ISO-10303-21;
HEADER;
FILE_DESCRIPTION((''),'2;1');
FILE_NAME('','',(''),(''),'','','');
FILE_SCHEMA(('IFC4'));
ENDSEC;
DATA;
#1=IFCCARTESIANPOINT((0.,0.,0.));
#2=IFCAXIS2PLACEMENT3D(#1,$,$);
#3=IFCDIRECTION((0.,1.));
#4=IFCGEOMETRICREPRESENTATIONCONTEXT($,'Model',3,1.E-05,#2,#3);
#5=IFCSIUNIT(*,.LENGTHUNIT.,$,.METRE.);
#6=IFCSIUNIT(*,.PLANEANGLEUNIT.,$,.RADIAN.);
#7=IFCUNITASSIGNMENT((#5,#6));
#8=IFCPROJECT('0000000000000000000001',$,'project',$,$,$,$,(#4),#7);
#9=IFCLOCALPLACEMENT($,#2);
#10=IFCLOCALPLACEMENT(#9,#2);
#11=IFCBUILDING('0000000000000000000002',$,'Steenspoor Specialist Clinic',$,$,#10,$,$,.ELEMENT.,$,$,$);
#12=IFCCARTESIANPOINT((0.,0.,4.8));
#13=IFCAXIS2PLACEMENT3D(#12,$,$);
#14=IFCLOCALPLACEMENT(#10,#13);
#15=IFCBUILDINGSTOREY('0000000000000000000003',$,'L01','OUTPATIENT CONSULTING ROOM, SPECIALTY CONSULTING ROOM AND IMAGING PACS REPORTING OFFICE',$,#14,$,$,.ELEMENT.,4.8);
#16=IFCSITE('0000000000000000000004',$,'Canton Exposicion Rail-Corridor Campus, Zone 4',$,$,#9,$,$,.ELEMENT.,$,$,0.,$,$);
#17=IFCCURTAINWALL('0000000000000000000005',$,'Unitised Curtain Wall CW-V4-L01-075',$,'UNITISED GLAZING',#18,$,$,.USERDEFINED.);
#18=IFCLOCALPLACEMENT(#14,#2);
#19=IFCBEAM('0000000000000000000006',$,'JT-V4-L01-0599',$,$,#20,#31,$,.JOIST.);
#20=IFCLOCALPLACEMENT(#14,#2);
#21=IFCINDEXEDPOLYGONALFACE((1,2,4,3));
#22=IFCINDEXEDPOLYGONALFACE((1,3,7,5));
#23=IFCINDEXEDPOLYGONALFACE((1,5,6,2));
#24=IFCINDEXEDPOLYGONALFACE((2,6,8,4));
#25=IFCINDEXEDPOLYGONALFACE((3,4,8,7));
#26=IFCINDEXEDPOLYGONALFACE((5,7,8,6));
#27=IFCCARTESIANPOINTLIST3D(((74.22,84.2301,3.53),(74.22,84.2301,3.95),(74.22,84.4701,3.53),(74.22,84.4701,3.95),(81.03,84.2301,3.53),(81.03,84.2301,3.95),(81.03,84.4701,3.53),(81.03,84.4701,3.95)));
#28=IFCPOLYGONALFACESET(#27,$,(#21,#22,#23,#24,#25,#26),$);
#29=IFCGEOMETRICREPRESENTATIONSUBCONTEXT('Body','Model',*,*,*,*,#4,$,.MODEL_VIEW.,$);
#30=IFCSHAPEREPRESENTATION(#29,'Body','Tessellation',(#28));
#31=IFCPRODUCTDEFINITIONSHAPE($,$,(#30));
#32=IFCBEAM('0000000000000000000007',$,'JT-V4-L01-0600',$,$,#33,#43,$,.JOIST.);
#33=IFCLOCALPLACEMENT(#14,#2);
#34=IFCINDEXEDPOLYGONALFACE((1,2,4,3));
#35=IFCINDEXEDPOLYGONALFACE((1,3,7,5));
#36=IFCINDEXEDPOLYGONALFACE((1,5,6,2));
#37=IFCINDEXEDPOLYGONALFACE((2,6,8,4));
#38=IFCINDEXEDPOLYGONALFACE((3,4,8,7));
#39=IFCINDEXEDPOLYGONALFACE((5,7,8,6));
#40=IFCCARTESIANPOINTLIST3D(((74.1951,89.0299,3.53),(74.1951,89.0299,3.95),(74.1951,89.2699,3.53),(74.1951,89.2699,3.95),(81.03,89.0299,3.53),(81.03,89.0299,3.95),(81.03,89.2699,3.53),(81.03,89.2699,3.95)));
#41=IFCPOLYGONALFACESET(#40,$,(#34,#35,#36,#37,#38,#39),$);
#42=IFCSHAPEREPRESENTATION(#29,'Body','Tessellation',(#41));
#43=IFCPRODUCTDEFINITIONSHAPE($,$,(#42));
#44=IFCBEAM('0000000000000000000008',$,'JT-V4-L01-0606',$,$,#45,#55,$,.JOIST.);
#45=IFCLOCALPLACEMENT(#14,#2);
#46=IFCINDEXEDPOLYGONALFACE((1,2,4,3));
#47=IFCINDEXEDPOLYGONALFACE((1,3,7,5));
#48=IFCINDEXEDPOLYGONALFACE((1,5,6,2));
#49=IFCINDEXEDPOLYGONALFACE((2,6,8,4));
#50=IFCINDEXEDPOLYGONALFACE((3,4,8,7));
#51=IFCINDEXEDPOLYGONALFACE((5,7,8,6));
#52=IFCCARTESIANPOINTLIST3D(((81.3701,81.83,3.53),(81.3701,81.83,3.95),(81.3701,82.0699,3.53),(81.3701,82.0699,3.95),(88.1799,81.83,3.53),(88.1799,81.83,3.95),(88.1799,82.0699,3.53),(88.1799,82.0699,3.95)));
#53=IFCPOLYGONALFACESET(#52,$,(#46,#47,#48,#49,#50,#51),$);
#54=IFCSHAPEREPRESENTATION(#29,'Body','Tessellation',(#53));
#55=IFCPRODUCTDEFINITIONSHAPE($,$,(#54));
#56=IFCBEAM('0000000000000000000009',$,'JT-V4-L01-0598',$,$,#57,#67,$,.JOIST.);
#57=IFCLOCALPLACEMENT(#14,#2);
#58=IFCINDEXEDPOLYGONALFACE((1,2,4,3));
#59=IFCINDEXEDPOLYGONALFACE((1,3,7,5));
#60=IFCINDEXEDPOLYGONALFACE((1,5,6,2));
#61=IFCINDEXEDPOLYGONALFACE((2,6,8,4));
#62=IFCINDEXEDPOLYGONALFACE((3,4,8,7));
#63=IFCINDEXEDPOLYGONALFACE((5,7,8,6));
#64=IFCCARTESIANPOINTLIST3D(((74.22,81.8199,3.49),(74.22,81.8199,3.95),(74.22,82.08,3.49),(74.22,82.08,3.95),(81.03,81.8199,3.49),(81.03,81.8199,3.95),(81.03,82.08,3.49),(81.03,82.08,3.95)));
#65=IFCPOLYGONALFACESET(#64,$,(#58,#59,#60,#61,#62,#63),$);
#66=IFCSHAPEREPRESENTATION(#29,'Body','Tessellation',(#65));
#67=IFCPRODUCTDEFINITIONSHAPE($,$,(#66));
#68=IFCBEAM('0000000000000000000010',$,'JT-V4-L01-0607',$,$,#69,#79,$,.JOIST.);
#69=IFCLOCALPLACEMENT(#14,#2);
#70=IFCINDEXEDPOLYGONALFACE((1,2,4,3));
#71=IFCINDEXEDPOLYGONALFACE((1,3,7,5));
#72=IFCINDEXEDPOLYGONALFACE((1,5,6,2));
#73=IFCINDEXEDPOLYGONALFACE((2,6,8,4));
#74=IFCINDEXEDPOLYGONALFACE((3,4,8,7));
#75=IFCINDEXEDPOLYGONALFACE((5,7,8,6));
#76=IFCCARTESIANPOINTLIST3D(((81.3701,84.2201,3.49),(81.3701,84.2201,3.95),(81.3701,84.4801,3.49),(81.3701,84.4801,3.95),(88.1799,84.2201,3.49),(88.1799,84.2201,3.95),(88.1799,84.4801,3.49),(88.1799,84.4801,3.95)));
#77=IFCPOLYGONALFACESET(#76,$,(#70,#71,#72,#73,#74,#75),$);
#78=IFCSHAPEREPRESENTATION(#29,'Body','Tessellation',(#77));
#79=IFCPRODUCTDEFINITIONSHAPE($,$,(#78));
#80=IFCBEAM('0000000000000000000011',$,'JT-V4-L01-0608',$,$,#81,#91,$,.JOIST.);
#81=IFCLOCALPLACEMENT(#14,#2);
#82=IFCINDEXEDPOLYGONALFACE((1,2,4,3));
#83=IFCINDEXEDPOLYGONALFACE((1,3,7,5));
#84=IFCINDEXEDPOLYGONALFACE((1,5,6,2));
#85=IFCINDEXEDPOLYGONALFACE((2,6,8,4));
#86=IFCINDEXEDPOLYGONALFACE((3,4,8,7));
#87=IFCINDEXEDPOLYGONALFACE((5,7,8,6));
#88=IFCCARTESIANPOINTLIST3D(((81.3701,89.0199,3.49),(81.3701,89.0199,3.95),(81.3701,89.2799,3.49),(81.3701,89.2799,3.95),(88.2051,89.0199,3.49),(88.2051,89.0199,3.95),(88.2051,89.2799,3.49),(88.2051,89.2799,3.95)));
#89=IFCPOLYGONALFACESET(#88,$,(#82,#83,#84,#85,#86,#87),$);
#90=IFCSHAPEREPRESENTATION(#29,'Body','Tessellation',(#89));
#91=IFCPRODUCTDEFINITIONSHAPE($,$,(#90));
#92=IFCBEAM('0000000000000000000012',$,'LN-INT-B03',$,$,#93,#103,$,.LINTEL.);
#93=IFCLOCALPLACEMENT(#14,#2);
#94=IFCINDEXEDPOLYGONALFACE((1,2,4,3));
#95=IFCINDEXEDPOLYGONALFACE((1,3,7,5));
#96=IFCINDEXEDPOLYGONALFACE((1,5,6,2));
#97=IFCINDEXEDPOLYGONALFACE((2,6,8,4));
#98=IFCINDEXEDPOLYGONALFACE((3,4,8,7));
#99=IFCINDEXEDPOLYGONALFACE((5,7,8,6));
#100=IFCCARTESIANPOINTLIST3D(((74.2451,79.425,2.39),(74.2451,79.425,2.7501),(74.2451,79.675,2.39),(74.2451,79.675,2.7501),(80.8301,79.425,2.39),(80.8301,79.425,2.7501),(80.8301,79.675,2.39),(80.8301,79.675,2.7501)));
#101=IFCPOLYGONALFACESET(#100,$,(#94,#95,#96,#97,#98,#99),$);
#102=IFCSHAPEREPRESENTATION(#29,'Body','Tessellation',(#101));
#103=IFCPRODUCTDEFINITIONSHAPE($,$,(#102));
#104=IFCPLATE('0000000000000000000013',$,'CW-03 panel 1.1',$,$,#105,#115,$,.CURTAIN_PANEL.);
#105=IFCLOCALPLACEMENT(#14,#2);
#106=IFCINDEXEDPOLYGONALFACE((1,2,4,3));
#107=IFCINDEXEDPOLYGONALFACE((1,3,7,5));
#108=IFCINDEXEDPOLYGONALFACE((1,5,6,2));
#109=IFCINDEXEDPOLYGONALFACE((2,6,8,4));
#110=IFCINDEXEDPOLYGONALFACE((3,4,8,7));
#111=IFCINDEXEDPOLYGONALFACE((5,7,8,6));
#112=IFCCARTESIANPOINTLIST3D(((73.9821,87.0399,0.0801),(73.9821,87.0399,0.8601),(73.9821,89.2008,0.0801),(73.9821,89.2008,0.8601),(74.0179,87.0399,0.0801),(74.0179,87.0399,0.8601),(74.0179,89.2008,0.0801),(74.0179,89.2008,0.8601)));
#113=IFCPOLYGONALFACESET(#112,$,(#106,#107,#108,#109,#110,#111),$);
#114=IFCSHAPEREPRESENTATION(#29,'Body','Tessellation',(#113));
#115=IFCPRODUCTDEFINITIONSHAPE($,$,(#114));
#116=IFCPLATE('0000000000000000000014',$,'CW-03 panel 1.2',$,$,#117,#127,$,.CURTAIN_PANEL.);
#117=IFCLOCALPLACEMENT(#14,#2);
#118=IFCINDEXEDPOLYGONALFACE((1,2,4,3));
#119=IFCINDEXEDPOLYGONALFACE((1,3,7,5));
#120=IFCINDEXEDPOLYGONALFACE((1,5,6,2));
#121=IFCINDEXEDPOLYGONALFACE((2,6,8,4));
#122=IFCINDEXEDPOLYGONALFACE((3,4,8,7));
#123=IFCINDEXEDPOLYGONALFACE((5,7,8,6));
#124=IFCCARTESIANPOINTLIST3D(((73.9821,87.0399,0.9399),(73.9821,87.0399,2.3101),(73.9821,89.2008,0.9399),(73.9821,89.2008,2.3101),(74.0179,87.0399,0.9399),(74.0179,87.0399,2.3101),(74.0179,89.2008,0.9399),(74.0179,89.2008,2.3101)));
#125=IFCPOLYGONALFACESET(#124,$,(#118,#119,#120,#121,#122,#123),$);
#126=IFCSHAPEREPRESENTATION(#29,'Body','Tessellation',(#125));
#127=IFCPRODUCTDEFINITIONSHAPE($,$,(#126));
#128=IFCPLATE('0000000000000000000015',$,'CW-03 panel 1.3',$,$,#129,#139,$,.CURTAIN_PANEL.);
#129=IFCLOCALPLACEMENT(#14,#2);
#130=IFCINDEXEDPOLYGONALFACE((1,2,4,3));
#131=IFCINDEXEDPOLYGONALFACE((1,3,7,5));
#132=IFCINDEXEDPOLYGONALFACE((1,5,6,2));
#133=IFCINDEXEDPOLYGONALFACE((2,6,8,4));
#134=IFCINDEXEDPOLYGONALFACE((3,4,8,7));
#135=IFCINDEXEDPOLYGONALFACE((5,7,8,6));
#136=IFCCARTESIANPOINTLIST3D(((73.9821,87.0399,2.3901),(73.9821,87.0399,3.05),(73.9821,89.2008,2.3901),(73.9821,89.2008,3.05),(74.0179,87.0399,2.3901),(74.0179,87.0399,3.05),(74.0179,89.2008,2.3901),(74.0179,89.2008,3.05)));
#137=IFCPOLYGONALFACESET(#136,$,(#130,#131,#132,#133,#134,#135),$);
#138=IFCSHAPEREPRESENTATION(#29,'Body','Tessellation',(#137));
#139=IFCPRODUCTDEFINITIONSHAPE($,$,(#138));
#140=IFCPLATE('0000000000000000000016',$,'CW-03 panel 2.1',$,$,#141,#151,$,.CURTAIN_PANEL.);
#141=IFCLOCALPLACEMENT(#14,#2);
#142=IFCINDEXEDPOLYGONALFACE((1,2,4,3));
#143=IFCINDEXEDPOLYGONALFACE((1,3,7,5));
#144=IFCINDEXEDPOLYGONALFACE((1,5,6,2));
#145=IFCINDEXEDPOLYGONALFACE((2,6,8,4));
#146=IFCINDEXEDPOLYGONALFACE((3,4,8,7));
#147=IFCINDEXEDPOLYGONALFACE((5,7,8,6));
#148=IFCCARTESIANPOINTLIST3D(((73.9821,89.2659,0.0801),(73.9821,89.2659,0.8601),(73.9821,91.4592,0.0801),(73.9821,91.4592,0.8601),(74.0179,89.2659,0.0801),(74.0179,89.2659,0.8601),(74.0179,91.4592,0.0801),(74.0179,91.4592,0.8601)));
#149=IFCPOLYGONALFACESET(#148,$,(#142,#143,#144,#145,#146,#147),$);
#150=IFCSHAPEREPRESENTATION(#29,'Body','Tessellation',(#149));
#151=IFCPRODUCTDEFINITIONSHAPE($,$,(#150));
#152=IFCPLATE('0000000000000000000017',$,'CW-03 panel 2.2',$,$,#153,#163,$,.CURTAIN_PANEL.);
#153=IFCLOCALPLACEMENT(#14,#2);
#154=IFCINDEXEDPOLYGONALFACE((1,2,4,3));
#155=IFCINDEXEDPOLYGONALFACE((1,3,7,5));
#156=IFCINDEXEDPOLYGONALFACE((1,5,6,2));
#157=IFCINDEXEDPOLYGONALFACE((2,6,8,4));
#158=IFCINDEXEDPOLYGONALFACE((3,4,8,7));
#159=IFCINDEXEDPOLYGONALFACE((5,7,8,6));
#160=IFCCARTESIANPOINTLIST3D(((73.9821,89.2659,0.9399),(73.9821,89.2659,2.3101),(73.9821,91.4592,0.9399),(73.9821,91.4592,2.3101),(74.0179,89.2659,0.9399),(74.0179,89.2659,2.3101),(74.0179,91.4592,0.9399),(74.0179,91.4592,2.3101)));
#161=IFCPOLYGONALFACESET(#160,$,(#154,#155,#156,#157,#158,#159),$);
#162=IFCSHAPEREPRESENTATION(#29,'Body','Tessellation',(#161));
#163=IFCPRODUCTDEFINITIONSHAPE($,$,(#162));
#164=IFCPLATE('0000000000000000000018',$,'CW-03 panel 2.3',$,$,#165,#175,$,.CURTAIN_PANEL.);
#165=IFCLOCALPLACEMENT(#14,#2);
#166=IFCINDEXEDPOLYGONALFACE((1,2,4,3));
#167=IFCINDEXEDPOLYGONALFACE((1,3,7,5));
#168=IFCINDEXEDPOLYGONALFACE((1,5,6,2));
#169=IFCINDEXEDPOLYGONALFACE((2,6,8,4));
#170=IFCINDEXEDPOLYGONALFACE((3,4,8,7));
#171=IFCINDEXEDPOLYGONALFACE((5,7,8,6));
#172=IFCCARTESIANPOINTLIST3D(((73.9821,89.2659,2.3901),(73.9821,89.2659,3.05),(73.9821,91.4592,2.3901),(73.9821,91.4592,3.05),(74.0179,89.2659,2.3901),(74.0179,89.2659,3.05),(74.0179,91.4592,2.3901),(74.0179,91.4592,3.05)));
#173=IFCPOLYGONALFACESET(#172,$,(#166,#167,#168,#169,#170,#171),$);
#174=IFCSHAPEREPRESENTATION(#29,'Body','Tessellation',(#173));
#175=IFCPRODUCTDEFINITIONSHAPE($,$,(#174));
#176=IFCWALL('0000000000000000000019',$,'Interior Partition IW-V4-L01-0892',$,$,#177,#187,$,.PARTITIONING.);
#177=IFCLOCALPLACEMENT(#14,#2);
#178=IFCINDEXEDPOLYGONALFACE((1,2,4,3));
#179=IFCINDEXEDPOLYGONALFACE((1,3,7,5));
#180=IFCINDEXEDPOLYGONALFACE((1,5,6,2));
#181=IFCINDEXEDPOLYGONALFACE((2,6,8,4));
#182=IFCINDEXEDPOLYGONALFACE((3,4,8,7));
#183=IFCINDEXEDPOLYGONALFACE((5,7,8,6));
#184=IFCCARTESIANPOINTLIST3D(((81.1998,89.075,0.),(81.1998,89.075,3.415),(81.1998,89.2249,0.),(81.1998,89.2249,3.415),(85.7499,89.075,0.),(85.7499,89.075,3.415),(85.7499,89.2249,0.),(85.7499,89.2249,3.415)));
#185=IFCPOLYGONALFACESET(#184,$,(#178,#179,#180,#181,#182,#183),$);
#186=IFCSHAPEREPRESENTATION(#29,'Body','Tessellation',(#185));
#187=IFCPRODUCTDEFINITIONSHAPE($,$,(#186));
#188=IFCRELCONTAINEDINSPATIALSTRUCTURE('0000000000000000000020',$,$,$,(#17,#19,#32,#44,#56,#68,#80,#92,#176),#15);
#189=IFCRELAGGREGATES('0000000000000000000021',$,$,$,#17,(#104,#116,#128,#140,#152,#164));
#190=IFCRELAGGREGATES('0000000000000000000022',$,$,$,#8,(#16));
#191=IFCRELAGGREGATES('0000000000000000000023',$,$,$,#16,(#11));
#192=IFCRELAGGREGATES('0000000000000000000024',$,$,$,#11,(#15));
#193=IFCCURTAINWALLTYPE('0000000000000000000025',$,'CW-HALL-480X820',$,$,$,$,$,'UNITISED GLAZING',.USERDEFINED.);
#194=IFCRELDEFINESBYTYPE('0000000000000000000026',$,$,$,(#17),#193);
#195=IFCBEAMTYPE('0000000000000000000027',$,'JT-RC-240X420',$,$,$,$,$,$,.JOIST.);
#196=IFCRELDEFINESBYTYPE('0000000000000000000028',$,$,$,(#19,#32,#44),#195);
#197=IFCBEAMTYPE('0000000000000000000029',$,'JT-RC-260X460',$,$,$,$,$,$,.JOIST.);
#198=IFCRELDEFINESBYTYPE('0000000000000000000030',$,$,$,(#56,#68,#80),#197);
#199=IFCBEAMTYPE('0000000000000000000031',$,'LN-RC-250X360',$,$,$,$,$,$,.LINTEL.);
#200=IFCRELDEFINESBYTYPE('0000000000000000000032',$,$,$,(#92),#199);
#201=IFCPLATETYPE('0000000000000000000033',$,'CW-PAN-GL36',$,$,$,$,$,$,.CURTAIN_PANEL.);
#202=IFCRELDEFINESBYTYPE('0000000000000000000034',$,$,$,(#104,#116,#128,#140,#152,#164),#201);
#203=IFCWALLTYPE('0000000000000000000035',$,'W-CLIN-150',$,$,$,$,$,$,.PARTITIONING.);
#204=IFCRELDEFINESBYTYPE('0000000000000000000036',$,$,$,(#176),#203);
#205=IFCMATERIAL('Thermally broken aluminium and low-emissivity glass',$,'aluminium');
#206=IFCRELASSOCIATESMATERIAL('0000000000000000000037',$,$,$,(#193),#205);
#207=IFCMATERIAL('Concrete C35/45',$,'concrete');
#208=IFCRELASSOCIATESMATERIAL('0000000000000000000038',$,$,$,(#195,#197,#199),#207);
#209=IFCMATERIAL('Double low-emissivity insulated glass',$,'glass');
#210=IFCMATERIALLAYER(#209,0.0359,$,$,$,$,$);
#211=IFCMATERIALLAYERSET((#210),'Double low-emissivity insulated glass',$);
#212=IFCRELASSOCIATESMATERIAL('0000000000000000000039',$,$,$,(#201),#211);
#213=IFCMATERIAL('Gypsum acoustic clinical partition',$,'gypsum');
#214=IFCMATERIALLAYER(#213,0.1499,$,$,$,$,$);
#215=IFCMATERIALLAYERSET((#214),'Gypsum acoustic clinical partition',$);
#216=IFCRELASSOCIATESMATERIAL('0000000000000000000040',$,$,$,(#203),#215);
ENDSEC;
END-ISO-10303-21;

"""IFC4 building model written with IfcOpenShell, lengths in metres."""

from ifc_helpers import new_model, si_unit, direction, frame, frame_2d, origin, origin_2d, place, context, subcontext, project, spatial, rectangle, extrude, material, layer, layer_set, material_profile, profile_set, type_object, element, aggregate, save


model = new_model("IFC4")

# Units and contexts
model_context = context("Model", 3, precision=1e-05, world=origin(), true_north=direction((0.0, 1.0)))
body_context = subcontext(model_context, "Body", "Model", "MODEL_VIEW")
ifc_project = project(units=[si_unit("LENGTHUNIT", "METRE"), si_unit("PLANEANGLEUNIT", "RADIAN")], contexts=[model_context])

# Site, building, storey
site_placement = place(None, origin())
site = spatial("IfcSite", under=ifc_project, at=site_placement, Name="Canton Exposicion Rail-Corridor Campus, Zone 4", CompositionType="ELEMENT", RefElevation=0.0)
building_placement = place(site_placement, origin())
building = spatial("IfcBuilding", under=site, at=building_placement, Name="Steenspoor Specialist Clinic", CompositionType="ELEMENT")
storey_placement = place(building_placement, frame((0.0, 0.0, 4.8)))
storey = spatial("IfcBuildingStorey", under=building, at=storey_placement, Name="L01", Description="OUTPATIENT CONSULTING ROOM, SPECIALTY CONSULTING ROOM AND IMAGING PACS REPORTING OFFICE", CompositionType="ELEMENT", Elevation=4.8)

# Shared definitions
ifc_material_1 = material(Name="Concrete C35/45", Category="concrete")

# Curtain wall
ifc_material_2 = material(Name="Thermally broken aluminium and low-emissivity glass", Category="aluminium")
curtain_wall_type = type_object("IfcCurtainWallType", Name="CW-HALL-480X820", ElementType="UNITISED GLAZING", PredefinedType="USERDEFINED", material=ifc_material_2)
curtain_wall_placement = place(storey_placement, origin())
curtain_wall = element("IfcCurtainWall", 1, at=curtain_wall_placement, inside=storey, type_object=curtain_wall_type, Name="Unitised Curtain Wall CW-V4-L01-075", ObjectType="UNITISED GLAZING", PredefinedType="USERDEFINED")

# Beams
ifc_material_profile_1 = material_profile(ifc_material_1, rectangle(XDim=0.24, YDim=0.4199, at=origin_2d()), Name="RC-JT-240X420")
ifc_profile_set_1 = profile_set([ifc_material_profile_1], Name="Concrete C35/45")
beam_type_1 = type_object("IfcBeamType", Name="JT-RC-240X420", PredefinedType="JOIST", material=ifc_profile_set_1)
beam_1_placement = place(storey_placement, frame((74.22, 84.3501, 3.74), z_axis=(1.0, 0.0, 0.0), x_axis=(0.0, 1.0, 0.0)))
element("IfcBeam", 2, at=beam_1_placement, inside=storey, type_object=beam_type_1, Name="JT-V4-L01-0599", PredefinedType="JOIST", context=body_context, shape_type="SweptSolid", body=[
    extrude(rectangle(XDim=0.24, YDim=0.4199, at=origin_2d()), origin(), (0.0, 0.0, 1.0), 6.8101),
])
beam_2_placement = place(storey_placement, frame((74.1951, 89.1499, 3.74), z_axis=(1.0, 0.0, 0.0), x_axis=(0.0, 1.0, 0.0)))
element("IfcBeam", 3, at=beam_2_placement, inside=storey, type_object=beam_type_1, Name="JT-V4-L01-0600", PredefinedType="JOIST", context=body_context, shape_type="SweptSolid", body=[
    extrude(rectangle(XDim=0.24, YDim=0.4199, at=origin_2d()), origin(), (0.0, 0.0, 1.0), 6.835),
])
beam_3_placement = place(storey_placement, frame((81.3701, 81.95, 3.74), z_axis=(1.0, 0.0, 0.0), x_axis=(0.0, 1.0, 0.0)))
element("IfcBeam", 4, at=beam_3_placement, inside=storey, type_object=beam_type_1, Name="JT-V4-L01-0606", PredefinedType="JOIST", context=body_context, shape_type="SweptSolid", body=[
    extrude(rectangle(XDim=0.24, YDim=0.4199, at=origin_2d()), origin(), (0.0, 0.0, 1.0), 6.8098),
])
ifc_material_profile_2 = material_profile(ifc_material_1, rectangle(XDim=0.26, YDim=0.46, at=origin_2d()), Name="RC-JT-260X460")
ifc_profile_set_2 = profile_set([ifc_material_profile_2], Name="Concrete C35/45")
beam_type_2 = type_object("IfcBeamType", Name="JT-RC-260X460", PredefinedType="JOIST", material=ifc_profile_set_2)
beam_4_placement = place(storey_placement, frame((74.22, 81.95, 3.72), z_axis=(1.0, 0.0, 0.0), x_axis=(0.0, 1.0, 0.0)))
element("IfcBeam", 5, at=beam_4_placement, inside=storey, type_object=beam_type_2, Name="JT-V4-L01-0598", PredefinedType="JOIST", context=body_context, shape_type="SweptSolid", body=[
    extrude(rectangle(XDim=0.26, YDim=0.46, at=origin_2d()), origin(), (0.0, 0.0, 1.0), 6.8101),
])
beam_5_placement = place(storey_placement, frame((81.3701, 84.3501, 3.72), z_axis=(1.0, 0.0, 0.0), x_axis=(0.0, 1.0, 0.0)))
element("IfcBeam", 6, at=beam_5_placement, inside=storey, type_object=beam_type_2, Name="JT-V4-L01-0607", PredefinedType="JOIST", context=body_context, shape_type="SweptSolid", body=[
    extrude(rectangle(XDim=0.26, YDim=0.46, at=origin_2d()), origin(), (0.0, 0.0, 1.0), 6.8098),
])
beam_6_placement = place(storey_placement, frame((81.3701, 89.1499, 3.72), z_axis=(1.0, 0.0, 0.0), x_axis=(0.0, 1.0, 0.0)))
element("IfcBeam", 7, at=beam_6_placement, inside=storey, type_object=beam_type_2, Name="JT-V4-L01-0608", PredefinedType="JOIST", context=body_context, shape_type="SweptSolid", body=[
    extrude(rectangle(XDim=0.26, YDim=0.46, at=origin_2d()), origin(), (0.0, 0.0, 1.0), 6.835),
])
ifc_material_profile_3 = material_profile(ifc_material_1, rectangle(XDim=0.25, YDim=0.3601, at=origin_2d()), Name="RC-LN-250X360")
ifc_profile_set_3 = profile_set([ifc_material_profile_3], Name="Concrete C35/45")
beam_type_3 = type_object("IfcBeamType", Name="LN-RC-250X360", PredefinedType="LINTEL", material=ifc_profile_set_3)
beam_7_placement = place(storey_placement, frame((74.2451, 79.55, 2.5701), z_axis=(1.0, 0.0, 0.0), x_axis=(0.0, 1.0, 0.0)))
element("IfcBeam", 8, at=beam_7_placement, inside=storey, type_object=beam_type_3, Name="LN-INT-B03", PredefinedType="LINTEL", context=body_context, shape_type="SweptSolid", body=[
    extrude(rectangle(XDim=0.25, YDim=0.3601, at=origin_2d()), origin(), (0.0, 0.0, 1.0), 6.585),
])

# Plates
ifc_material_3 = material(Name="Double low-emissivity insulated glass", Category="glass")
ifc_layer_1 = layer(ifc_material_3, 0.0359)
ifc_layer_set_1 = layer_set([ifc_layer_1], Name="Double low-emissivity insulated glass")
plate_type = type_object("IfcPlateType", Name="CW-PAN-GL36", PredefinedType="CURTAIN_PANEL", material=ifc_layer_set_1)
plate_1_placement = place(storey_placement, frame((74.0, 88.1204, 0.0801), z_axis=(0.0, 0.0, 1.0), x_axis=(0.0, 1.0, 0.0)))
plate_1 = element("IfcPlate", 9, at=plate_1_placement, type_object=plate_type, Name="CW-03 panel 1.1", PredefinedType="CURTAIN_PANEL", context=body_context, shape_type="SweptSolid", body=[
    extrude(rectangle(XDim=2.1609, YDim=0.0359, at=origin_2d()), origin(), (0.0, 0.0, 1.0), 0.78),
])
plate_2_placement = place(storey_placement, frame((74.0, 88.1204, 0.9399), z_axis=(0.0, 0.0, 1.0), x_axis=(0.0, 1.0, 0.0)))
plate_2 = element("IfcPlate", 10, at=plate_2_placement, type_object=plate_type, Name="CW-03 panel 1.2", PredefinedType="CURTAIN_PANEL", context=body_context, shape_type="SweptSolid", body=[
    extrude(rectangle(XDim=2.1609, YDim=0.0359, at=origin_2d()), origin(), (0.0, 0.0, 1.0), 1.3701),
])
plate_3_placement = place(storey_placement, frame((74.0, 88.1204, 2.3901), z_axis=(0.0, 0.0, 1.0), x_axis=(0.0, 1.0, 0.0)))
plate_3 = element("IfcPlate", 11, at=plate_3_placement, type_object=plate_type, Name="CW-03 panel 1.3", PredefinedType="CURTAIN_PANEL", context=body_context, shape_type="SweptSolid", body=[
    extrude(rectangle(XDim=2.1609, YDim=0.0359, at=origin_2d()), origin(), (0.0, 0.0, 1.0), 0.6599),
])
plate_4_placement = place(storey_placement, frame((74.0, 90.3625, 0.0801), z_axis=(0.0, 0.0, 1.0), x_axis=(0.0, 1.0, 0.0)))
plate_4 = element("IfcPlate", 12, at=plate_4_placement, type_object=plate_type, Name="CW-03 panel 2.1", PredefinedType="CURTAIN_PANEL", context=body_context, shape_type="SweptSolid", body=[
    extrude(rectangle(XDim=2.1934, YDim=0.0359, at=origin_2d()), origin(), (0.0, 0.0, 1.0), 0.78),
])
plate_5_placement = place(storey_placement, frame((74.0, 90.3625, 0.9399), z_axis=(0.0, 0.0, 1.0), x_axis=(0.0, 1.0, 0.0)))
plate_5 = element("IfcPlate", 13, at=plate_5_placement, type_object=plate_type, Name="CW-03 panel 2.2", PredefinedType="CURTAIN_PANEL", context=body_context, shape_type="SweptSolid", body=[
    extrude(rectangle(XDim=2.1934, YDim=0.0359, at=origin_2d()), origin(), (0.0, 0.0, 1.0), 1.3701),
])
plate_6_placement = place(storey_placement, frame((74.0, 90.3625, 2.3901), z_axis=(0.0, 0.0, 1.0), x_axis=(0.0, 1.0, 0.0)))
plate_6 = element("IfcPlate", 14, at=plate_6_placement, type_object=plate_type, Name="CW-03 panel 2.3", PredefinedType="CURTAIN_PANEL", context=body_context, shape_type="SweptSolid", body=[
    extrude(rectangle(XDim=2.1934, YDim=0.0359, at=origin_2d()), origin(), (0.0, 0.0, 1.0), 0.6599),
])
aggregate(curtain_wall, [plate_1, plate_2, plate_3, plate_4, plate_5, plate_6])

# Wall
ifc_material_4 = material(Name="Gypsum acoustic clinical partition", Category="gypsum")
ifc_layer_2 = layer(ifc_material_4, 0.1499)
ifc_layer_set_2 = layer_set([ifc_layer_2], Name="Gypsum acoustic clinical partition")
wall_type = type_object("IfcWallType", Name="W-CLIN-150", PredefinedType="PARTITIONING", material=ifc_layer_set_2)
wall_1_placement = place(storey_placement, frame((81.2, 89.1499, 0.0), z_axis=(0.0, 0.0, 1.0), x_axis=(1.0, 0.0, 0.0)))
element("IfcWall", 15, at=wall_1_placement, inside=storey, type_object=wall_type, Name="Interior Partition IW-V4-L01-0892", PredefinedType="PARTITIONING", context=body_context, shape_type="SweptSolid", body=[
    extrude(rectangle(XDim=4.55, YDim=0.1499, at=frame_2d((2.2749, 0.0))), origin(), (0.0, 0.0, 1.0), 3.415),
])

save(model, "model.ifc")
